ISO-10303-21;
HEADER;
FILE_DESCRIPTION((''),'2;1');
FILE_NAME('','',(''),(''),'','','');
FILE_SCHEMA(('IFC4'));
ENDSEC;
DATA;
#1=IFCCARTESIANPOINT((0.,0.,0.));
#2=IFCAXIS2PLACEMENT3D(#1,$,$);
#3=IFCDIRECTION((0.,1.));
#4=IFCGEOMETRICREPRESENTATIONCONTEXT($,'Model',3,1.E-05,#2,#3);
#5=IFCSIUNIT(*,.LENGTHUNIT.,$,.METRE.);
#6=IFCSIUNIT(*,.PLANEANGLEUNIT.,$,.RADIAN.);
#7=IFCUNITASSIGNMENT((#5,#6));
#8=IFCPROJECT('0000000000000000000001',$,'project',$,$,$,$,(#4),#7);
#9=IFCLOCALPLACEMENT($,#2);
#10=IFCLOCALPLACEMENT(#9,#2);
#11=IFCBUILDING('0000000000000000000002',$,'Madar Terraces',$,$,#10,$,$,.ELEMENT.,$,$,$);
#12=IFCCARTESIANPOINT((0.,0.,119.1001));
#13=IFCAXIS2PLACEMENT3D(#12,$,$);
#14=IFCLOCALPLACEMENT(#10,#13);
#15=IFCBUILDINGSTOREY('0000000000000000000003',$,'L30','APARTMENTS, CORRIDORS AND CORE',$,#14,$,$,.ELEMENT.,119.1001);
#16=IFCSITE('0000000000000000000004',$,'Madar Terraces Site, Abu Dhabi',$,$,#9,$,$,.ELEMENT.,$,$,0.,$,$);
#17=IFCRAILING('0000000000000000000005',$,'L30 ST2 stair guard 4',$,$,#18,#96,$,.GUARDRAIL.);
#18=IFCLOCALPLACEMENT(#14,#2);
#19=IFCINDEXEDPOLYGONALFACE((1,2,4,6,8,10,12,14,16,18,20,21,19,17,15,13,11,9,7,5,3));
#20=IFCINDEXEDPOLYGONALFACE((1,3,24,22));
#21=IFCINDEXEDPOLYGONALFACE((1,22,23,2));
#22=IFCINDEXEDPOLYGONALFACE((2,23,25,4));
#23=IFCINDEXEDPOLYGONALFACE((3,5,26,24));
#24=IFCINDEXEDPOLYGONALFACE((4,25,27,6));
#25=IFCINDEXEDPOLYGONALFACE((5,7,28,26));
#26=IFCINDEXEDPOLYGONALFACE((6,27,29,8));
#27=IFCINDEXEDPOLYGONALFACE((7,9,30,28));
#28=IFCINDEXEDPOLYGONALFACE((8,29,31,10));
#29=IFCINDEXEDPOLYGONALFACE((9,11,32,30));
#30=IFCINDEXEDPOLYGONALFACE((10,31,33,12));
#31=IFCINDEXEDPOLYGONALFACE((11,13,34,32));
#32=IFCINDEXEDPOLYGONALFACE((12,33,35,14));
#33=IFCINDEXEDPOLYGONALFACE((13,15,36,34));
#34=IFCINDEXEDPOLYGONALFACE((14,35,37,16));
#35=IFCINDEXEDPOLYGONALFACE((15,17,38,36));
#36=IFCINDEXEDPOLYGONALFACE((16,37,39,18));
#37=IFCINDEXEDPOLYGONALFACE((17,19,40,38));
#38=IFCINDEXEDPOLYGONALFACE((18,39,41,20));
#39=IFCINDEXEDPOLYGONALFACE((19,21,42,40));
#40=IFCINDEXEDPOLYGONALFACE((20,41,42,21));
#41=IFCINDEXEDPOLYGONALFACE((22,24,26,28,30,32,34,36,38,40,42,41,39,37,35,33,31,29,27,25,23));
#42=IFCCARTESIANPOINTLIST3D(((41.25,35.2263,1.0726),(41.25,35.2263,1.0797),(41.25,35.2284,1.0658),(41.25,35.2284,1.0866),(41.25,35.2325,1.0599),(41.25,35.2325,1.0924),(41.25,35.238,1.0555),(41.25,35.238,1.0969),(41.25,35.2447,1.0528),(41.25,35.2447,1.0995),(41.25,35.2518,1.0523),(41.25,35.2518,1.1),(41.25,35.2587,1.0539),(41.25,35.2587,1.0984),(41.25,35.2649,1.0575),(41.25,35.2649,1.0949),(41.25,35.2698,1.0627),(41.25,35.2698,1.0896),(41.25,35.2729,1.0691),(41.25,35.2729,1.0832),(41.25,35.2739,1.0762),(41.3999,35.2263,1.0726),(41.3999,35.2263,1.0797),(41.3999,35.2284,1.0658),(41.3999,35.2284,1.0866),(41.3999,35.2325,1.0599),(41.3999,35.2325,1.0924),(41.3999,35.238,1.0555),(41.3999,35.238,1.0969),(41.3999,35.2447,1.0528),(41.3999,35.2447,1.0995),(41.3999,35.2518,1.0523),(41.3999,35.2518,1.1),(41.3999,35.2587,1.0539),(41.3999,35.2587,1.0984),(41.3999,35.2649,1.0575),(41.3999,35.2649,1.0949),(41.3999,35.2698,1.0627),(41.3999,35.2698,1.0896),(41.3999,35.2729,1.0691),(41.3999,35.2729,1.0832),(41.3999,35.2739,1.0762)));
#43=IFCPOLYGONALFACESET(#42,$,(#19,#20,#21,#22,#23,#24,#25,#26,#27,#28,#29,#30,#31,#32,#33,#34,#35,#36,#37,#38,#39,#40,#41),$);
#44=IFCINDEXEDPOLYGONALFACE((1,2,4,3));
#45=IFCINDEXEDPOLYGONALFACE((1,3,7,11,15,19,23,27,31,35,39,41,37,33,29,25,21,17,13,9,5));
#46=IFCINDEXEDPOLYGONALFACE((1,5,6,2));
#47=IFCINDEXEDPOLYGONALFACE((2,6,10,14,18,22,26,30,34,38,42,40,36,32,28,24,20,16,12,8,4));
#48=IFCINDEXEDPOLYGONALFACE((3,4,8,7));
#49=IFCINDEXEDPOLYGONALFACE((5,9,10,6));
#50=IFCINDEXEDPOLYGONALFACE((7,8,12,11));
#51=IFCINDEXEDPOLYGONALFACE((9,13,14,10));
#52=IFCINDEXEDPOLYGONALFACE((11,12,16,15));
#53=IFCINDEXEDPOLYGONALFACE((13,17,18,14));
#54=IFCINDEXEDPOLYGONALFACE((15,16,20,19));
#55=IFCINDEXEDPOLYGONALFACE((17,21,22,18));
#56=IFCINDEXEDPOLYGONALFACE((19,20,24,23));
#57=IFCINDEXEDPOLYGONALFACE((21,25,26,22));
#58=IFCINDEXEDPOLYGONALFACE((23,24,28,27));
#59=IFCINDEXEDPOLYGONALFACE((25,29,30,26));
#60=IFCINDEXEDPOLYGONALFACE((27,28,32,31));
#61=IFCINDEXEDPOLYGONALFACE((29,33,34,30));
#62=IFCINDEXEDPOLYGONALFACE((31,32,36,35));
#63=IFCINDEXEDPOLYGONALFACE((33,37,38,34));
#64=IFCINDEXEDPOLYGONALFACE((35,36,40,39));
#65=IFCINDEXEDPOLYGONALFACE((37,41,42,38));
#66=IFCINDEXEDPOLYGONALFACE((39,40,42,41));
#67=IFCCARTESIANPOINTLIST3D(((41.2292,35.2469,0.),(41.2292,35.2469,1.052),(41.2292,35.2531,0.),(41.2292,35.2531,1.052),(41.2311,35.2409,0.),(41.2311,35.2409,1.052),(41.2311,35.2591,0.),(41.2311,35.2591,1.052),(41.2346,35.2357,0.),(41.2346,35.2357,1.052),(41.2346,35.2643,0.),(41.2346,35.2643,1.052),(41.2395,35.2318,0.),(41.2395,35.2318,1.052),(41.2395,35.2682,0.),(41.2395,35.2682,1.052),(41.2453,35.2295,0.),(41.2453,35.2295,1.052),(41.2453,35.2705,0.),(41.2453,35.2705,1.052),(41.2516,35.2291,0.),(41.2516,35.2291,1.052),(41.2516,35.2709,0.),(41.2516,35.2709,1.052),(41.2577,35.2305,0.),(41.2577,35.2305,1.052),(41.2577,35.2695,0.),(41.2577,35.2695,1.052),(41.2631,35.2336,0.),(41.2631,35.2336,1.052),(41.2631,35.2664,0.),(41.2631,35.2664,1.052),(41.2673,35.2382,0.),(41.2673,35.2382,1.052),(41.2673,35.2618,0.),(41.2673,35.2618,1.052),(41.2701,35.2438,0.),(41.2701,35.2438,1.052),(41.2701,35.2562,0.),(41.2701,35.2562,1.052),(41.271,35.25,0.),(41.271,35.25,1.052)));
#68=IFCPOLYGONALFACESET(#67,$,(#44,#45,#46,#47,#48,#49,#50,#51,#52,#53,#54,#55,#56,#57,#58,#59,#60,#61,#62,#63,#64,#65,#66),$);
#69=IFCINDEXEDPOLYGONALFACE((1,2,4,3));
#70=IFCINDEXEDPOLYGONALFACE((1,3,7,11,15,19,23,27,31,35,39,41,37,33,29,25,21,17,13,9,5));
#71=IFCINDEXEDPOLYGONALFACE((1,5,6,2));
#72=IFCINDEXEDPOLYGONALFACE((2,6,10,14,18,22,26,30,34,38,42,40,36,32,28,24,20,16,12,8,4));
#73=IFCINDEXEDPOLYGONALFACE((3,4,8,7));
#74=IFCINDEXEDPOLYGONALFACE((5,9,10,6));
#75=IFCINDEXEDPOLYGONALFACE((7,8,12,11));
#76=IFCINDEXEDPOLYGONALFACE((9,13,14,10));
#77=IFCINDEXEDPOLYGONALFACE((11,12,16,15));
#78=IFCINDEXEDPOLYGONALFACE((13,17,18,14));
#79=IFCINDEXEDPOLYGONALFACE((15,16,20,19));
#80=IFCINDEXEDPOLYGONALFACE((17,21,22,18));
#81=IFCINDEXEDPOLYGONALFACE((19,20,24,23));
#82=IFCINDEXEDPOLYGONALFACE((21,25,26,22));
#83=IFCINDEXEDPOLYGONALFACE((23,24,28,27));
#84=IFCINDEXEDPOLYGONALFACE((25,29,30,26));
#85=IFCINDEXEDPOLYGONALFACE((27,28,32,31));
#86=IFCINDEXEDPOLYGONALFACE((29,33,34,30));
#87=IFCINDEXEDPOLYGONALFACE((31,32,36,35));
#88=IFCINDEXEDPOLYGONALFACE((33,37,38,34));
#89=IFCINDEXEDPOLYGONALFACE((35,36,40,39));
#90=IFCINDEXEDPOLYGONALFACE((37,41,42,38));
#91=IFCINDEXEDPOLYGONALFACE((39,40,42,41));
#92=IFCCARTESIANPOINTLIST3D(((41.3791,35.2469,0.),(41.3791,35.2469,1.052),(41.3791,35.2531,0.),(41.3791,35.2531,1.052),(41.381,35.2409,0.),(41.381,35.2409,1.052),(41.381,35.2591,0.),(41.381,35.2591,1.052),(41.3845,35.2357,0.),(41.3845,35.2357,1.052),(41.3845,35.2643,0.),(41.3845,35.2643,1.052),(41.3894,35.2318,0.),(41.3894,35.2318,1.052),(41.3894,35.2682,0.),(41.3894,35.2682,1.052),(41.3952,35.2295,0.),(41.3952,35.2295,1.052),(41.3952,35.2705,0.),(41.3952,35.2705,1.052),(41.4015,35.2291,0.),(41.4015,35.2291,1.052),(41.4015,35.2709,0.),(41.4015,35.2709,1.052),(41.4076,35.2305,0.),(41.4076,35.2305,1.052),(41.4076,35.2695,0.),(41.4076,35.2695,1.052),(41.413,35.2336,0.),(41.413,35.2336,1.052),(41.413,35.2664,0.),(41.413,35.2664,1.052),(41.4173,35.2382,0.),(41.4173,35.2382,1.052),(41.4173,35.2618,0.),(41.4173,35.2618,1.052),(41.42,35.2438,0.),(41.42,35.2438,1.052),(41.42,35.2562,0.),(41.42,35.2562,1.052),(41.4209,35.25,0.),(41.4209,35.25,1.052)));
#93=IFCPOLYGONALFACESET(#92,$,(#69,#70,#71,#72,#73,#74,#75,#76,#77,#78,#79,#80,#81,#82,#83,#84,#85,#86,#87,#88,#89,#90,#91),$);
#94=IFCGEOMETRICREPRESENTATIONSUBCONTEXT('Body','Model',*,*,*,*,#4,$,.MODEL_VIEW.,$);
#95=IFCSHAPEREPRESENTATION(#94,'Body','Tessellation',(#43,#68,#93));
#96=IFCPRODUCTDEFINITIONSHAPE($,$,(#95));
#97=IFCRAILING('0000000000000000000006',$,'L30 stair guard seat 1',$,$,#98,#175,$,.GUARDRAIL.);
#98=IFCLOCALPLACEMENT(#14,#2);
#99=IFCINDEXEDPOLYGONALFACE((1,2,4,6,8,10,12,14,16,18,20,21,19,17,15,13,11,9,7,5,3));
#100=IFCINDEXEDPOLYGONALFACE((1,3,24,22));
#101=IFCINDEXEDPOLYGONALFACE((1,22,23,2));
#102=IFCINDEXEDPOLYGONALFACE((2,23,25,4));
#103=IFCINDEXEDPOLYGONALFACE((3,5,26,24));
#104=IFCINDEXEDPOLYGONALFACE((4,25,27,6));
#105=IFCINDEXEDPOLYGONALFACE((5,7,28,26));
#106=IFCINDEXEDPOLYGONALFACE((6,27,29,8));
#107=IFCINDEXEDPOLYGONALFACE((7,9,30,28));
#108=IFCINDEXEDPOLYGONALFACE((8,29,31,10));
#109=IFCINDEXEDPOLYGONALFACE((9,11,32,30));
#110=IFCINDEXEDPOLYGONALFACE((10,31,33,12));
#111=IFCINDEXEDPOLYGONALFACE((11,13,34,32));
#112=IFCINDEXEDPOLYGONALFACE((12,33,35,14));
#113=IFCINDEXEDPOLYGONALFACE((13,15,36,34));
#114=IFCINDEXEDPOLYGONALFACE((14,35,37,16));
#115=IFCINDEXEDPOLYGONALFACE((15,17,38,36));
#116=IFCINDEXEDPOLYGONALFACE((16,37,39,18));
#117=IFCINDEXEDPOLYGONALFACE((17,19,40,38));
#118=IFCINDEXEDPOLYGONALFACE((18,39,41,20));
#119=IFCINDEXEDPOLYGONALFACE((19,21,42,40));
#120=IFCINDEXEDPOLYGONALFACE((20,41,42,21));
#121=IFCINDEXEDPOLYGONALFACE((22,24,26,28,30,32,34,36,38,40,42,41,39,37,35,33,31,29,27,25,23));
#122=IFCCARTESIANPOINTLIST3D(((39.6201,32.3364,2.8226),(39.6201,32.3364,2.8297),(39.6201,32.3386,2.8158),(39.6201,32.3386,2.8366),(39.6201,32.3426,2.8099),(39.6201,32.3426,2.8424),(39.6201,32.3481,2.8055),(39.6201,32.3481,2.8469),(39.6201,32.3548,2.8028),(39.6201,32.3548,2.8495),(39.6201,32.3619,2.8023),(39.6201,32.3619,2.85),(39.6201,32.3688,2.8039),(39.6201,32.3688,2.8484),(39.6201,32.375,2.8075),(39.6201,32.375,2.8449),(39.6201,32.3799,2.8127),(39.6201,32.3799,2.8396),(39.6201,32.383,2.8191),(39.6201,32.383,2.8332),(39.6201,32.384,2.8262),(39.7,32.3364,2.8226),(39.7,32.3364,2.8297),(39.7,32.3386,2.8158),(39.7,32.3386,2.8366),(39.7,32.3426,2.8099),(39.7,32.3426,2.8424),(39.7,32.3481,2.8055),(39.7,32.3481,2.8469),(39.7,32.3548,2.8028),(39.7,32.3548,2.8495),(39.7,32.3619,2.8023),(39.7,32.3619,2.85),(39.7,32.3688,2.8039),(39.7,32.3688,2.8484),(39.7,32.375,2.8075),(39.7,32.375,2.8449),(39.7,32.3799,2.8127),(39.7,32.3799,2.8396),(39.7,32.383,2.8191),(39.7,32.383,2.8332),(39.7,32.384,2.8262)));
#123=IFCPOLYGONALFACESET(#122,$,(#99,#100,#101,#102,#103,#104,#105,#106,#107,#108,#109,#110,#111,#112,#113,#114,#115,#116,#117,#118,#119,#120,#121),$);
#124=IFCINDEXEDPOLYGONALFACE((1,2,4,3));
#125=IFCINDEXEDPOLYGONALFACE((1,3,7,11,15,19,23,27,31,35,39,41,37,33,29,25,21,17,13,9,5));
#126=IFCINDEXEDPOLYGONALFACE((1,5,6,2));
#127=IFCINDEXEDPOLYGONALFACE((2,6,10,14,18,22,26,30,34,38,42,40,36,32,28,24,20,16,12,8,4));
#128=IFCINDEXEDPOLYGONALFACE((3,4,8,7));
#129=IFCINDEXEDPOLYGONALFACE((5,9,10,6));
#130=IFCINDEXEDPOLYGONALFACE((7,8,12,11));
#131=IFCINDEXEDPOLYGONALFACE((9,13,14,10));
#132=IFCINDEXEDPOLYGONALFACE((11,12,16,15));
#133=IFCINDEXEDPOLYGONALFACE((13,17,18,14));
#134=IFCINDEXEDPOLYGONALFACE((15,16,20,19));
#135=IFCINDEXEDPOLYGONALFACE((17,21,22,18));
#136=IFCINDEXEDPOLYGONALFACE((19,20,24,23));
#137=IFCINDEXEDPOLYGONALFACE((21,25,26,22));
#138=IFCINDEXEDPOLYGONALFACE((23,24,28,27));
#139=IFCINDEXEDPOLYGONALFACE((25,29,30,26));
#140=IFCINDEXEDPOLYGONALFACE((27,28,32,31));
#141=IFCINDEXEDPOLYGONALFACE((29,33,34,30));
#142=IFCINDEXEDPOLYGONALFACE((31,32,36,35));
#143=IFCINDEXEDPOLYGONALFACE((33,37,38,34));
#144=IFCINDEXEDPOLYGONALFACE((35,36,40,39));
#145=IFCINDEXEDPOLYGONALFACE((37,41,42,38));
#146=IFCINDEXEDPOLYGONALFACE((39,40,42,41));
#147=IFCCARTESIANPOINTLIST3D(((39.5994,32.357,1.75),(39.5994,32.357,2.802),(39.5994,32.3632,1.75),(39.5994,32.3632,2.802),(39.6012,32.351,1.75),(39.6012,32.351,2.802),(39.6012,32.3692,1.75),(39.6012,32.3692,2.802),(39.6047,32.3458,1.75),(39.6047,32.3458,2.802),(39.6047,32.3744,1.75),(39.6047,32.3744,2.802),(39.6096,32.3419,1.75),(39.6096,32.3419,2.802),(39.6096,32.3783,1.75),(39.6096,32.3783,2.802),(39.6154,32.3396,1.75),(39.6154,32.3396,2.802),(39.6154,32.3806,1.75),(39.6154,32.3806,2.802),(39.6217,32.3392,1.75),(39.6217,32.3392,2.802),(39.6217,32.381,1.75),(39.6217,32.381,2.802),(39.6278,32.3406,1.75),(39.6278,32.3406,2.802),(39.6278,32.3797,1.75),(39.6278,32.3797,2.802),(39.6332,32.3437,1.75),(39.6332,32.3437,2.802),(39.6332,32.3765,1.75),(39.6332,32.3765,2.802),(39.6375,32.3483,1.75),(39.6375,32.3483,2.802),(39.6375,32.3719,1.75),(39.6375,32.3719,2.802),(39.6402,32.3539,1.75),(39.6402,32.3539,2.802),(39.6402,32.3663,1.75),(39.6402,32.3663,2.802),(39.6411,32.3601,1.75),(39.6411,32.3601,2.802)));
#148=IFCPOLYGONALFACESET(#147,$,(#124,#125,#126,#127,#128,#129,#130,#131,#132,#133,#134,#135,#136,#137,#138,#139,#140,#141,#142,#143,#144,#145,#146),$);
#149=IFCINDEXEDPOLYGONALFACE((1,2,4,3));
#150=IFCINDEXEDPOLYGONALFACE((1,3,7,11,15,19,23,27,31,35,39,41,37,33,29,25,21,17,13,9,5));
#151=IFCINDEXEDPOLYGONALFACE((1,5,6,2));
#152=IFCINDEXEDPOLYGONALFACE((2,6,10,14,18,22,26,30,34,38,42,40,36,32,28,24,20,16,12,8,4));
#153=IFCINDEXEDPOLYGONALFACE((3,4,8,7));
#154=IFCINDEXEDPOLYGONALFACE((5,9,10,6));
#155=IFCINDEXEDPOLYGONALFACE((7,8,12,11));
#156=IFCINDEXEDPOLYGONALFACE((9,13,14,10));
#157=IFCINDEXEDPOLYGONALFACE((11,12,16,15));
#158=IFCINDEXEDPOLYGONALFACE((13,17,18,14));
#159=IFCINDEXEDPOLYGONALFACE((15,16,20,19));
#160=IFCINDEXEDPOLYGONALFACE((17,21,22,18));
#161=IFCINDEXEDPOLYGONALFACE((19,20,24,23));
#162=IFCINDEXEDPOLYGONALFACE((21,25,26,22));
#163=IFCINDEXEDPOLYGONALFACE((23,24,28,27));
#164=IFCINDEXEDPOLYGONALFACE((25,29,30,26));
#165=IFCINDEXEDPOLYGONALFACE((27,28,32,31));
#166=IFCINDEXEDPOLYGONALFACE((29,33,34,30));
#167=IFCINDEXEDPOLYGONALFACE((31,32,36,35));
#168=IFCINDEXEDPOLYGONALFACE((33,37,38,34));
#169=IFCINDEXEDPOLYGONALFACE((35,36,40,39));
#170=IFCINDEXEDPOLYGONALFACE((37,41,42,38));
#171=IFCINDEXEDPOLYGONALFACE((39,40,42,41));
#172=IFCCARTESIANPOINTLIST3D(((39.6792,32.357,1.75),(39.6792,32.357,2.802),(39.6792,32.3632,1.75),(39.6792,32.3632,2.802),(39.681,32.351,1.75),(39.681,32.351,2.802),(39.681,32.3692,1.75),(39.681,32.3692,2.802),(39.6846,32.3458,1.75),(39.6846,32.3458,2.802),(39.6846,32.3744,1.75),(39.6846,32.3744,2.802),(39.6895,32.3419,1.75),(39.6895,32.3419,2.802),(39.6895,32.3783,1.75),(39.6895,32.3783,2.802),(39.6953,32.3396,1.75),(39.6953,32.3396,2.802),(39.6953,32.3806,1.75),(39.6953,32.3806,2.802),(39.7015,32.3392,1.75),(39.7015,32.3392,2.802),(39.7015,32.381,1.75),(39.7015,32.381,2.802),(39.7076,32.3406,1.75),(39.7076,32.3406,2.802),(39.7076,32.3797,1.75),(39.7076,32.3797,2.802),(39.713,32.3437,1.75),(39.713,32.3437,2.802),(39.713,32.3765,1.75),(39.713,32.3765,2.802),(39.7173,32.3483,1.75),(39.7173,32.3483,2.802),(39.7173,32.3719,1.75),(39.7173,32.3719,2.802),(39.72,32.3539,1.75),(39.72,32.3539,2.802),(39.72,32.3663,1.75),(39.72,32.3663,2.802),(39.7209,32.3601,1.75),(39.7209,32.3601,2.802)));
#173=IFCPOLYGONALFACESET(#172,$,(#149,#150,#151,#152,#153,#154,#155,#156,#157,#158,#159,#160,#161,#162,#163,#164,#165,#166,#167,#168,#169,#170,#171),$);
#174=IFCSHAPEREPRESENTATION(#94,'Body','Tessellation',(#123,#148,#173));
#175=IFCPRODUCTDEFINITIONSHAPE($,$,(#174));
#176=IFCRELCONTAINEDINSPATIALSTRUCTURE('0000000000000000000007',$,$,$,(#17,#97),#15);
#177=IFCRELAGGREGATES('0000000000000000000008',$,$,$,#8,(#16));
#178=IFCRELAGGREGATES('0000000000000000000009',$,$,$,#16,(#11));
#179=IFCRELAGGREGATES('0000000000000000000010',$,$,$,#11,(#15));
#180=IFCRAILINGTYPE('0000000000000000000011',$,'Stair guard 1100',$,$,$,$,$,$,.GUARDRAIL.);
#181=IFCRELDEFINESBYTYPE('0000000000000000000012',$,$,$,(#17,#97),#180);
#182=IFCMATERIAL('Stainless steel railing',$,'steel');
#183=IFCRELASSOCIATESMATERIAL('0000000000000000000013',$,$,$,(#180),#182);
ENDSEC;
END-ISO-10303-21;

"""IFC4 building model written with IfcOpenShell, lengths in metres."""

from ifc_helpers import new_model, si_unit, direction, frame, origin, origin_2d, place, context, subcontext, project, spatial, circle, extrude, material, type_object, element, save


model = new_model("IFC4")

# Units and contexts
model_context = context("Model", 3, precision=1e-05, world=origin(), true_north=direction((0.0, 1.0)))
body_context = subcontext(model_context, "Body", "Model", "MODEL_VIEW")
ifc_project = project(units=[si_unit("LENGTHUNIT", "METRE"), si_unit("PLANEANGLEUNIT", "RADIAN")], contexts=[model_context])

# Site, building, storey
site_placement = place(None, origin())
site = spatial("IfcSite", under=ifc_project, at=site_placement, Name="Madar Terraces Site, Abu Dhabi", CompositionType="ELEMENT", RefElevation=0.0)
building_placement = place(site_placement, origin())
building = spatial("IfcBuilding", under=site, at=building_placement, Name="Madar Terraces", CompositionType="ELEMENT")
storey_placement = place(building_placement, frame((0.0, 0.0, 119.1001)))
storey = spatial("IfcBuildingStorey", under=building, at=storey_placement, Name="L30", Description="APARTMENTS, CORRIDORS AND CORE", CompositionType="ELEMENT", Elevation=119.1001)

# Railings
ifc_material_1 = material(Name="Stainless steel railing", Category="steel")
railing_type_1 = type_object("IfcRailingType", Name="Stair guard 1100", PredefinedType="GUARDRAIL", material=ifc_material_1)
railing_1_placement = place(storey_placement, frame((41.25, 35.25, 0.0)))
element("IfcRailing", 1, at=railing_1_placement, inside=storey, type_object=railing_type_1, Name="L30 ST2 stair guard 4", PredefinedType="GUARDRAIL", context=body_context, shape_type="SweptSolid", body=[
    extrude(circle(Radius=0.0239, at=origin_2d()), frame((0.0, 0.0, 1.0762), z_axis=(1.0, 0.0, 0.0), x_axis=(0.0, 1.0, 0.0)), (0.0, 0.0, 1.0), 0.1499),
    extrude(circle(Radius=0.021, at=origin_2d()), origin(), (0.0, 0.0, 1.0), 1.052),
    extrude(circle(Radius=0.021, at=origin_2d()), frame((0.1499, 0.0, 0.0)), (0.0, 0.0, 1.0), 1.052),
])
railing_2_placement = place(storey_placement, frame((39.6201, 32.3601, 1.75)))
element("IfcRailing", 2, at=railing_2_placement, inside=storey, type_object=railing_type_1, Name="L30 stair guard seat 1", PredefinedType="GUARDRAIL", context=body_context, shape_type="SweptSolid", body=[
    extrude(circle(Radius=0.0239, at=origin_2d()), frame((0.0, 0.0, 1.0762), z_axis=(1.0, 0.0, 0.0), x_axis=(0.0, 1.0, 0.0)), (0.0, 0.0, 1.0), 0.0798),
    extrude(circle(Radius=0.021, at=origin_2d()), origin(), (0.0, 0.0, 1.0), 1.052),
    extrude(circle(Radius=0.021, at=origin_2d()), frame((0.0798, 0.0, 0.0)), (0.0, 0.0, 1.0), 1.052),
])

save(model, "model.ifc")
